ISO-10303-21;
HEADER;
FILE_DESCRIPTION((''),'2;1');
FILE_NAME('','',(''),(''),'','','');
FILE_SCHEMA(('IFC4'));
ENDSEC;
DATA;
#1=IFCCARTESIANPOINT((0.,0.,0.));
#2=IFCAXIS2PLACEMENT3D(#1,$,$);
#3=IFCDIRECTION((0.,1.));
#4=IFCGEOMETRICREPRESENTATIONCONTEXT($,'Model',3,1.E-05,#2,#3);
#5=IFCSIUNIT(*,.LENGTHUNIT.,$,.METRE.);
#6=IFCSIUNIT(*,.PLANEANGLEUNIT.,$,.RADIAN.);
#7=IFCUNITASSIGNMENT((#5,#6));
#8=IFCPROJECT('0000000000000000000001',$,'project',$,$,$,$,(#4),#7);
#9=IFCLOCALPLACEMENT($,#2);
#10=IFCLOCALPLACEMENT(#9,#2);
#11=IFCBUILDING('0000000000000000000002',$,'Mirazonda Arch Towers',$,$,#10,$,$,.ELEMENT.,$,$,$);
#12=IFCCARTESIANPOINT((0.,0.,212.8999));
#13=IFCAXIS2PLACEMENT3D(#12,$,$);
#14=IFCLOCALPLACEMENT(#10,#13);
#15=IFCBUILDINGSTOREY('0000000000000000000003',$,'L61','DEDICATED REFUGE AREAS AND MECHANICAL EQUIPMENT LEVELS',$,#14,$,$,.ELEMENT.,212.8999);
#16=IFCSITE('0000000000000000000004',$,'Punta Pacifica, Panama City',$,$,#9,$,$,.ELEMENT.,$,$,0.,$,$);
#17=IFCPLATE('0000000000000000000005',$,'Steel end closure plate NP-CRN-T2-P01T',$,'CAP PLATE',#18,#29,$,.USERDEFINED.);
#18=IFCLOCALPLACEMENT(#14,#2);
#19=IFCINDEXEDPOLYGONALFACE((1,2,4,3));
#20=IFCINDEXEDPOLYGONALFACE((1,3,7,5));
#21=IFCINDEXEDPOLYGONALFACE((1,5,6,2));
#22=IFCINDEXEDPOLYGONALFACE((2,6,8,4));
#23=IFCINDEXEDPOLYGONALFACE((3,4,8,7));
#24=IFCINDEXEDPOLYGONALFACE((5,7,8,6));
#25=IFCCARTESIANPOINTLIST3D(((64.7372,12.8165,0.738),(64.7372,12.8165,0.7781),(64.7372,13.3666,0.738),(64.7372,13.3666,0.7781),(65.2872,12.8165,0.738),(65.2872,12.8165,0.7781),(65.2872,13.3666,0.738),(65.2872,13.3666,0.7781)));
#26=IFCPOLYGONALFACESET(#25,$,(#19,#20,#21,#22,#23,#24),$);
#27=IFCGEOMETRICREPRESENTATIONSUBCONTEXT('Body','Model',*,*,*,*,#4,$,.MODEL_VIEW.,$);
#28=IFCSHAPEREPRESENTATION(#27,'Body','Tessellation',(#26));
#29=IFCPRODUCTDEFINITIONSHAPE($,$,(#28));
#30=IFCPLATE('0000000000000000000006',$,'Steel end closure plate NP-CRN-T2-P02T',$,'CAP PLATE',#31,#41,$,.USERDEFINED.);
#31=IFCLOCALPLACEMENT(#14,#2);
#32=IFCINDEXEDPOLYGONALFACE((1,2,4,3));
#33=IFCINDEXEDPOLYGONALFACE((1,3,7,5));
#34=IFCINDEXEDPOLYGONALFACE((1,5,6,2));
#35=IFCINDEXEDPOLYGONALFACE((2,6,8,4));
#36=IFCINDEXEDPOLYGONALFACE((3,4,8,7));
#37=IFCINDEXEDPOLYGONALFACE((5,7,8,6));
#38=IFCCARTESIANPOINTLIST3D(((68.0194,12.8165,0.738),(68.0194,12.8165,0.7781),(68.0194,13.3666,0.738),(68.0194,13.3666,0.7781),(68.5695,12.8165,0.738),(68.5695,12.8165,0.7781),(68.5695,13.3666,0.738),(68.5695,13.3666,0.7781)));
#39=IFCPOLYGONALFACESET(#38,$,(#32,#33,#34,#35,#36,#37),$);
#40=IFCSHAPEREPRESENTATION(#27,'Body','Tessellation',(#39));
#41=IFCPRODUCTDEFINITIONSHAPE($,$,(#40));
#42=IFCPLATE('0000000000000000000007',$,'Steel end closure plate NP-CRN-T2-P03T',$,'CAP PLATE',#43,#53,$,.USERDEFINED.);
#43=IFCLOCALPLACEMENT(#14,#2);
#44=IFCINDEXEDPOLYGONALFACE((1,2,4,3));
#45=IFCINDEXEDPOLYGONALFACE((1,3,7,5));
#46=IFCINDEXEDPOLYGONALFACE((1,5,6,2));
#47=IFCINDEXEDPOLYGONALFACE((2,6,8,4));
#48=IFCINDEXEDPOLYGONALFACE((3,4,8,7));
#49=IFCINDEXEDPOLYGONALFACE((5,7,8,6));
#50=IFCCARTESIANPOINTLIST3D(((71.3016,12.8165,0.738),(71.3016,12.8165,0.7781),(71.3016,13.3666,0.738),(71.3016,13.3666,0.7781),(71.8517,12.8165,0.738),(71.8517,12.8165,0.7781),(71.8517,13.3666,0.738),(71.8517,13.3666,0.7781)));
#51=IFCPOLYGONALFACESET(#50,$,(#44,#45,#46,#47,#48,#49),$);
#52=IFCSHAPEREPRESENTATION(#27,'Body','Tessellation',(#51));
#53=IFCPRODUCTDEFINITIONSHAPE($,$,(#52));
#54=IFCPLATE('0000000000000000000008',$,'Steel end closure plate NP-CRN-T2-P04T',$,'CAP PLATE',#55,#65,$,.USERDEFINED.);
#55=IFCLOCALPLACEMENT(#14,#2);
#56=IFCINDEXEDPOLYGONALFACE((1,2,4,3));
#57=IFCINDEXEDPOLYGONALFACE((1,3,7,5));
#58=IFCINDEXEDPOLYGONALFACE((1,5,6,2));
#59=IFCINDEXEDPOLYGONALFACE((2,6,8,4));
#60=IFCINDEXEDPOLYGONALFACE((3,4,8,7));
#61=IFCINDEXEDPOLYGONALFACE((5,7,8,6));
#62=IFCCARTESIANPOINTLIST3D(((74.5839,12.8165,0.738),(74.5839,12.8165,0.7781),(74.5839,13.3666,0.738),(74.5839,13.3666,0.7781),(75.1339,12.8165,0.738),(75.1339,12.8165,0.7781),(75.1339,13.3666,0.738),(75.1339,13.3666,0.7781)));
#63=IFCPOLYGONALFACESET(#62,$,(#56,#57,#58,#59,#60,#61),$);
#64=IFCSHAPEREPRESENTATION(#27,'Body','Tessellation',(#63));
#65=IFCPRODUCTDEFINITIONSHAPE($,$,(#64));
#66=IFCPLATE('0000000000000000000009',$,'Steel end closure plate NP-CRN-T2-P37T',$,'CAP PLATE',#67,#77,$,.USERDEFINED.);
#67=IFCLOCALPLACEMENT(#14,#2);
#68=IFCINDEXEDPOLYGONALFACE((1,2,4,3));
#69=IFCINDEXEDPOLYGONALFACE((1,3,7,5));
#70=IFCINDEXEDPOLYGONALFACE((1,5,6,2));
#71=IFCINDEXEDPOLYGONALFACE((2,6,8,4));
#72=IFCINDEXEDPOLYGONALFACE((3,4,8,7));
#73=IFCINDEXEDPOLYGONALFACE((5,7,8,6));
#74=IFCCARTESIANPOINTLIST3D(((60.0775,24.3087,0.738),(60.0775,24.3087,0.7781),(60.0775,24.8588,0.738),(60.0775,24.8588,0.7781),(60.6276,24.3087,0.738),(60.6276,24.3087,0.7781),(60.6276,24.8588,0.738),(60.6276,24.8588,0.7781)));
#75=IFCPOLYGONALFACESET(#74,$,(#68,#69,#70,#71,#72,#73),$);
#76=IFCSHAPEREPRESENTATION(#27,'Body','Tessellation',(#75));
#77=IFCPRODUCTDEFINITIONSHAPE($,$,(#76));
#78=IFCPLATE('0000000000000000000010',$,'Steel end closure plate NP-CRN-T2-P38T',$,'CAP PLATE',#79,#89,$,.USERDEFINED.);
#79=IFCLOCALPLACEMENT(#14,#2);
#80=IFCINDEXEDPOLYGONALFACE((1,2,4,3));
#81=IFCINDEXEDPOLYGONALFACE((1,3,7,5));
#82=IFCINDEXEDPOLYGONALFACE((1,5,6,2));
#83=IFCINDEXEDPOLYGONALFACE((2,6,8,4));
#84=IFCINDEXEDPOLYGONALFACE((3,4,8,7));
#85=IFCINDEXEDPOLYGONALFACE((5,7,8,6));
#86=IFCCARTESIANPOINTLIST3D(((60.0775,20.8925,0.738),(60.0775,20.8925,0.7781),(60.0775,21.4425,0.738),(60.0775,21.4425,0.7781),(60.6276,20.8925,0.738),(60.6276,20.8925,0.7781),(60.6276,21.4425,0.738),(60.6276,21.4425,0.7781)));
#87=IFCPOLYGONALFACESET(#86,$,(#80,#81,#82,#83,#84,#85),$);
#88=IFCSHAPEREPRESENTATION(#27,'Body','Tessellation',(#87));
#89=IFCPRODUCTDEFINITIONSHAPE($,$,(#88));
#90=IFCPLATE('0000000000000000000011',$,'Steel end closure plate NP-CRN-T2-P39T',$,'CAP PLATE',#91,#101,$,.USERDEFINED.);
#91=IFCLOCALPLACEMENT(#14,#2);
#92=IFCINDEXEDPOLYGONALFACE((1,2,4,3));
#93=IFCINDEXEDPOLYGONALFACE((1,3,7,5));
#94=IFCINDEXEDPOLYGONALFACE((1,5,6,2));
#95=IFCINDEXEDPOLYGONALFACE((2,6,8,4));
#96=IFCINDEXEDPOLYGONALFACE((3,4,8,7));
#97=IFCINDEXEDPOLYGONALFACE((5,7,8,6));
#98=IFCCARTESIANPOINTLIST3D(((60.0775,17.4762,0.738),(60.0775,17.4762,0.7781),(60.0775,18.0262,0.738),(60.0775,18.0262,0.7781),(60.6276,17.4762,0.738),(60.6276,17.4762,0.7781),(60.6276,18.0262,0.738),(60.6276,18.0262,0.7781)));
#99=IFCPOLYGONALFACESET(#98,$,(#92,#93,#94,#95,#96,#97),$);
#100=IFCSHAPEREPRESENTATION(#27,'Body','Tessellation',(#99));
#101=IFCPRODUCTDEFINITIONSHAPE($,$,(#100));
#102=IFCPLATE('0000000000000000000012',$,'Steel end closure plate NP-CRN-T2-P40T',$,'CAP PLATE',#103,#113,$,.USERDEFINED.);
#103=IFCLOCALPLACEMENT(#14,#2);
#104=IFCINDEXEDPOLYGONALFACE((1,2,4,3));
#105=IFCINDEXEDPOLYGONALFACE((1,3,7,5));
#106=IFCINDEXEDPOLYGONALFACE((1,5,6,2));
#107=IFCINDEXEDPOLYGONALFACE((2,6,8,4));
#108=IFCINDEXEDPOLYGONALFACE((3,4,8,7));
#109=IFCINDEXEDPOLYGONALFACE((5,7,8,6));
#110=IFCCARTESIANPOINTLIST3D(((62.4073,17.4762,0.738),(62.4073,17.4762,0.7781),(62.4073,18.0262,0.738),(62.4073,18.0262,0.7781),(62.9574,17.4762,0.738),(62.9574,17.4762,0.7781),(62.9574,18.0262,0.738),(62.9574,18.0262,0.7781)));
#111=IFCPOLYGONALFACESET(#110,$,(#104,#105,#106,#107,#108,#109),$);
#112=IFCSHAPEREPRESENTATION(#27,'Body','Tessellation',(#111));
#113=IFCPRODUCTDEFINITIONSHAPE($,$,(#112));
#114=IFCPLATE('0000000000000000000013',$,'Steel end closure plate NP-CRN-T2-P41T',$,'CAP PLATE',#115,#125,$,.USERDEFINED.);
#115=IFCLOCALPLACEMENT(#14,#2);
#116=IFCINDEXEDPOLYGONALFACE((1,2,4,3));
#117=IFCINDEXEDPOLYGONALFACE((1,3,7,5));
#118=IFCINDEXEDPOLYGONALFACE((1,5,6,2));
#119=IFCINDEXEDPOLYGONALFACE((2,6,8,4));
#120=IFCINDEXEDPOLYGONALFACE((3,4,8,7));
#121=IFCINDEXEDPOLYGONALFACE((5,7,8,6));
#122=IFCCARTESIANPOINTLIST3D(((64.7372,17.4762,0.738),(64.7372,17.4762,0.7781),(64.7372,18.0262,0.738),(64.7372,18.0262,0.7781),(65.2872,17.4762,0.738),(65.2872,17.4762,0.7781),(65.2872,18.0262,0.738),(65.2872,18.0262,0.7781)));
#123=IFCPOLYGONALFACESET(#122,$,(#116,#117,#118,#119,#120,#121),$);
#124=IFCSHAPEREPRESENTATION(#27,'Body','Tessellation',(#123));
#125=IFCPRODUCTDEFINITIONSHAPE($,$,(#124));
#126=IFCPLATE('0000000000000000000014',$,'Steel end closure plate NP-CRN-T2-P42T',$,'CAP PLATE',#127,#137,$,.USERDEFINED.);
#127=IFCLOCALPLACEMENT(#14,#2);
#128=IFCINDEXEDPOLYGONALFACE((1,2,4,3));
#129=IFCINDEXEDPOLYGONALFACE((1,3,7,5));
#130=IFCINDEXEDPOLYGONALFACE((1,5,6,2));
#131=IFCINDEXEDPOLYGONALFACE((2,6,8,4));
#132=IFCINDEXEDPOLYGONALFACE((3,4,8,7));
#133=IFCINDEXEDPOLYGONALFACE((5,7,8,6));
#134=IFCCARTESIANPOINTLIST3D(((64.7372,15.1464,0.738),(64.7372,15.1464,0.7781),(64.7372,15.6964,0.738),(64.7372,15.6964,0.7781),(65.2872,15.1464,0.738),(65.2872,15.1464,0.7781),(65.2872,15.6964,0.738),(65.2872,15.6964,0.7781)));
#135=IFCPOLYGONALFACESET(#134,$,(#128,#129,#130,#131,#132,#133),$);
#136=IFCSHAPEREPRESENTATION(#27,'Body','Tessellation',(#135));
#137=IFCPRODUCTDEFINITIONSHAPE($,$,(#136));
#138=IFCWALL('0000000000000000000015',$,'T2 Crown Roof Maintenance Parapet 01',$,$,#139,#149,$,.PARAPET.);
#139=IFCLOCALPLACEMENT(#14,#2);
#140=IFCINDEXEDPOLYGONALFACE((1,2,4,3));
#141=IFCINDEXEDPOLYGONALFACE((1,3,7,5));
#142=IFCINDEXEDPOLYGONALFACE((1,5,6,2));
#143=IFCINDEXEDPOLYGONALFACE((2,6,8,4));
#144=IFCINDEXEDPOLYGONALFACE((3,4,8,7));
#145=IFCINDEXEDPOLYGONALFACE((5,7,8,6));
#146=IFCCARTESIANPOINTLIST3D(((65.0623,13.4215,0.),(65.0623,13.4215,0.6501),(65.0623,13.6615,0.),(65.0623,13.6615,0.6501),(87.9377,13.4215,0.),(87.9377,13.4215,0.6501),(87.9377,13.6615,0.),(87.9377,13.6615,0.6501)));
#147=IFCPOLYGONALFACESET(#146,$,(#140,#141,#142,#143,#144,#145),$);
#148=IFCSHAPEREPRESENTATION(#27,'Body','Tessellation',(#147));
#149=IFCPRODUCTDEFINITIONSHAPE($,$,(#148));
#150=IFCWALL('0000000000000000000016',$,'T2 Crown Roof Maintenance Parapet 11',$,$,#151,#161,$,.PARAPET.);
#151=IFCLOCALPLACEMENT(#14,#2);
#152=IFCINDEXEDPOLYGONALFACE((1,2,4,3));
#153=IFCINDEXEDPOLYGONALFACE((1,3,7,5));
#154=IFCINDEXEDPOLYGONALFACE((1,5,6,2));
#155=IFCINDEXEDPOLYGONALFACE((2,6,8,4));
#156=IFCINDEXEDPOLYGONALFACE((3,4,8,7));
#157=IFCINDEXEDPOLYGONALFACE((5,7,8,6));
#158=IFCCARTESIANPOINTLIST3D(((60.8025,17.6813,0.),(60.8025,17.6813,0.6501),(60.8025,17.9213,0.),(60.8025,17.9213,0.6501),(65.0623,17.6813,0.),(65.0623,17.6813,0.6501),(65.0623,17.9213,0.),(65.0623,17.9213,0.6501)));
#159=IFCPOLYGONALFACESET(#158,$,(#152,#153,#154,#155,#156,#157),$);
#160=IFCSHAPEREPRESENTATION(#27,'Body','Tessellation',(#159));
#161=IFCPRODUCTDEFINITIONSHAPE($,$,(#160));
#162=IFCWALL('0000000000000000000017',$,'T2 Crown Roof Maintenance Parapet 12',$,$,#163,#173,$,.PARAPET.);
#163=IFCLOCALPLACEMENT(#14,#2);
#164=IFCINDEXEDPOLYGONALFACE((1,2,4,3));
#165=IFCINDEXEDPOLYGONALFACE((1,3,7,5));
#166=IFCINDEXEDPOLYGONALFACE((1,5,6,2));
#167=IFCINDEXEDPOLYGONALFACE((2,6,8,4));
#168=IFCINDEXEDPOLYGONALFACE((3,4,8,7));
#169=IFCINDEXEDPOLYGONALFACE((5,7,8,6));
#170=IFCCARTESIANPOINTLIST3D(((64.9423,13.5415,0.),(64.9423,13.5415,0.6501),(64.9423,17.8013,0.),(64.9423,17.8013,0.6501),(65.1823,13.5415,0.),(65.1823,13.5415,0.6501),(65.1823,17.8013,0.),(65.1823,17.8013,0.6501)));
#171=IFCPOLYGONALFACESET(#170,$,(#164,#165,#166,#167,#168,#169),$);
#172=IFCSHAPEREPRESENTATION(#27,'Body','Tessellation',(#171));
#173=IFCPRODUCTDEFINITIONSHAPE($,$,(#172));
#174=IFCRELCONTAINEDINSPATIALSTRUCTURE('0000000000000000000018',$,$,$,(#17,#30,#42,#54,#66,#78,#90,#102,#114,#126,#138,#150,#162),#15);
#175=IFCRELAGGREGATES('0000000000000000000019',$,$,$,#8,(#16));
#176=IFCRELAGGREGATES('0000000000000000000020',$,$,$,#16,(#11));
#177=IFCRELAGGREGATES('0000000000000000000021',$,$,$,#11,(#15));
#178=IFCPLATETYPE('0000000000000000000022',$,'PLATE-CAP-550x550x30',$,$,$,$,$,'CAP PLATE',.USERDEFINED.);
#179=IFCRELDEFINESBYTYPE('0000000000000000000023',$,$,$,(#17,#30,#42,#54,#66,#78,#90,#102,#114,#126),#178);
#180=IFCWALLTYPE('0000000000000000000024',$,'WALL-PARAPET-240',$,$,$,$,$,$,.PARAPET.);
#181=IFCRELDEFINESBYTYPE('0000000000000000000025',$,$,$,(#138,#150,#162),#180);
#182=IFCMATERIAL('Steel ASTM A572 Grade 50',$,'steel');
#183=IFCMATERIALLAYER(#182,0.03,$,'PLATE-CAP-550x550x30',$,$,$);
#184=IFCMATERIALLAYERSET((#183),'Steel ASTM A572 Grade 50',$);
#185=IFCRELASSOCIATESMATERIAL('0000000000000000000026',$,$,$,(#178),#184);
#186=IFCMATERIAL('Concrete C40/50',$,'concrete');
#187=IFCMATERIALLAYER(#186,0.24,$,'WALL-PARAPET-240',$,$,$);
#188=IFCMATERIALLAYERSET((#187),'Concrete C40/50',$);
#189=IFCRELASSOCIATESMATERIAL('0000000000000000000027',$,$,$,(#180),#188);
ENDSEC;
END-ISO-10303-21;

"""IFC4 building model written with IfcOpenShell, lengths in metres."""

from ifc_helpers import new_model, si_unit, direction, frame, frame_2d, origin, origin_2d, place, context, subcontext, project, spatial, rectangle, extrude, material, layer, layer_set, type_object, element, save


model = new_model("IFC4")

# Units and contexts
model_context = context("Model", 3, precision=1e-05, world=origin(), true_north=direction((0.0, 1.0)))
body_context = subcontext(model_context, "Body", "Model", "MODEL_VIEW")
ifc_project = project(units=[si_unit("LENGTHUNIT", "METRE"), si_unit("PLANEANGLEUNIT", "RADIAN")], contexts=[model_context])

# Site, building, storey
site_placement = place(None, origin())
site = spatial("IfcSite", under=ifc_project, at=site_placement, Name="Punta Pacifica, Panama City", CompositionType="ELEMENT", RefElevation=0.0)
building_placement = place(site_placement, origin())
building = spatial("IfcBuilding", under=site, at=building_placement, Name="Mirazonda Arch Towers", CompositionType="ELEMENT")
storey_placement = place(building_placement, frame((0.0, 0.0, 212.8999)))
storey = spatial("IfcBuildingStorey", under=building, at=storey_placement, Name="L61", Description="DEDICATED REFUGE AREAS AND MECHANICAL EQUIPMENT LEVELS", CompositionType="ELEMENT", Elevation=212.8999)

# Shared definitions
ifc_material_1 = material(Name="Steel ASTM A572 Grade 50", Category="steel")

# Plates
ifc_layer_1 = layer(ifc_material_1, 0.03, Name="PLATE-CAP-550x550x30")
ifc_layer_set_1 = layer_set([ifc_layer_1], Name="Steel ASTM A572 Grade 50")
plate_type = type_object("IfcPlateType", Name="PLATE-CAP-550x550x30", ElementType="CAP PLATE", PredefinedType="USERDEFINED", material=ifc_layer_set_1)
for number, where, z_axis, x_axis, name in (
    (1, (65.0122, 13.0916, 0.738), (0.0, 0.0, 1.0), (1.0, 0.0, 0.0), "Steel end closure plate NP-CRN-T2-P01T"),
    (2, (68.2944, 13.0916, 0.738), (0.0, 0.0, 1.0), (1.0, 0.0, 0.0), "Steel end closure plate NP-CRN-T2-P02T"),
    (3, (71.5767, 13.0916, 0.738), (0.0, 0.0, 1.0), (1.0, 0.0, 0.0), "Steel end closure plate NP-CRN-T2-P03T"),
    (4, (74.8589, 13.0916, 0.738), (0.0, 0.0, 1.0), (1.0, 0.0, 0.0), "Steel end closure plate NP-CRN-T2-P04T"),
    (5, (60.3525, 24.5837, 0.738), (0.0, 0.0, 1.0), (1.0, 0.0, 0.0), "Steel end closure plate NP-CRN-T2-P37T"),
    (6, (60.3525, 21.1675, 0.738), (0.0, 0.0, 1.0), (1.0, 0.0, 0.0), "Steel end closure plate NP-CRN-T2-P38T"),
    (7, (60.3525, 17.7512, 0.738), (0.0, 0.0, 1.0), (1.0, 0.0, 0.0), "Steel end closure plate NP-CRN-T2-P39T"),
    (8, (62.6824, 17.7512, 0.738), (0.0, 0.0, 1.0), (1.0, 0.0, 0.0), "Steel end closure plate NP-CRN-T2-P40T"),
    (9, (65.0122, 17.7512, 0.738), (0.0, 0.0, 1.0), (1.0, 0.0, 0.0), "Steel end closure plate NP-CRN-T2-P41T"),
    (10, (65.0122, 15.4214, 0.738), (0.0, 0.0, 1.0), (1.0, 0.0, 0.0), "Steel end closure plate NP-CRN-T2-P42T"),
):
    element("IfcPlate", number, at=place(storey_placement, frame(where, z_axis=z_axis, x_axis=x_axis)), inside=storey, type_object=plate_type, Name=name, ObjectType="CAP PLATE", PredefinedType="USERDEFINED", context=body_context, shape_type="SweptSolid", body=[
        extrude(rectangle(XDim=0.55, YDim=0.55, at=origin_2d()), origin(), (0.0, 0.0, 1.0), 0.04),
    ])

# Walls
ifc_material_2 = material(Name="Concrete C40/50", Category="concrete")
ifc_layer_2 = layer(ifc_material_2, 0.24, Name="WALL-PARAPET-240")
ifc_layer_set_2 = layer_set([ifc_layer_2], Name="Concrete C40/50")
wall_type = type_object("IfcWallType", Name="WALL-PARAPET-240", PredefinedType="PARAPET", material=ifc_layer_set_2)
wall_placement = place(storey_placement, frame((65.0623, 13.5415, 0.0), z_axis=(0.0, 0.0, 1.0), x_axis=(1.0, 0.0, 0.0)))
element("IfcWall", 11, at=wall_placement, inside=storey, type_object=wall_type, Name="T2 Crown Roof Maintenance Parapet 01", PredefinedType="PARAPET", context=body_context, shape_type="SweptSolid", body=[
    extrude(rectangle(XDim=22.8755, YDim=0.24, at=frame_2d((11.4377, 0.0))), origin(), (0.0, 0.0, 1.0), 0.6501),
])
for number, where, z_axis, x_axis, name in (
    (12, (60.8025, 17.8013, 0.0), (0.0, 0.0, 1.0), (1.0, 0.0, 0.0), "T2 Crown Roof Maintenance Parapet 11"),
    (13, (65.0623, 17.8013, 0.0), (0.0, 0.0, 1.0), (0.0, -1.0, 0.0), "T2 Crown Roof Maintenance Parapet 12"),
):
    element("IfcWall", number, at=place(storey_placement, frame(where, z_axis=z_axis, x_axis=x_axis)), inside=storey, type_object=wall_type, Name=name, PredefinedType="PARAPET", context=body_context, shape_type="SweptSolid", body=[
        extrude(rectangle(XDim=4.2598, YDim=0.24, at=frame_2d((2.1299, 0.0))), origin(), (0.0, 0.0, 1.0), 0.6501),
    ])

save(model, "model.ifc")
